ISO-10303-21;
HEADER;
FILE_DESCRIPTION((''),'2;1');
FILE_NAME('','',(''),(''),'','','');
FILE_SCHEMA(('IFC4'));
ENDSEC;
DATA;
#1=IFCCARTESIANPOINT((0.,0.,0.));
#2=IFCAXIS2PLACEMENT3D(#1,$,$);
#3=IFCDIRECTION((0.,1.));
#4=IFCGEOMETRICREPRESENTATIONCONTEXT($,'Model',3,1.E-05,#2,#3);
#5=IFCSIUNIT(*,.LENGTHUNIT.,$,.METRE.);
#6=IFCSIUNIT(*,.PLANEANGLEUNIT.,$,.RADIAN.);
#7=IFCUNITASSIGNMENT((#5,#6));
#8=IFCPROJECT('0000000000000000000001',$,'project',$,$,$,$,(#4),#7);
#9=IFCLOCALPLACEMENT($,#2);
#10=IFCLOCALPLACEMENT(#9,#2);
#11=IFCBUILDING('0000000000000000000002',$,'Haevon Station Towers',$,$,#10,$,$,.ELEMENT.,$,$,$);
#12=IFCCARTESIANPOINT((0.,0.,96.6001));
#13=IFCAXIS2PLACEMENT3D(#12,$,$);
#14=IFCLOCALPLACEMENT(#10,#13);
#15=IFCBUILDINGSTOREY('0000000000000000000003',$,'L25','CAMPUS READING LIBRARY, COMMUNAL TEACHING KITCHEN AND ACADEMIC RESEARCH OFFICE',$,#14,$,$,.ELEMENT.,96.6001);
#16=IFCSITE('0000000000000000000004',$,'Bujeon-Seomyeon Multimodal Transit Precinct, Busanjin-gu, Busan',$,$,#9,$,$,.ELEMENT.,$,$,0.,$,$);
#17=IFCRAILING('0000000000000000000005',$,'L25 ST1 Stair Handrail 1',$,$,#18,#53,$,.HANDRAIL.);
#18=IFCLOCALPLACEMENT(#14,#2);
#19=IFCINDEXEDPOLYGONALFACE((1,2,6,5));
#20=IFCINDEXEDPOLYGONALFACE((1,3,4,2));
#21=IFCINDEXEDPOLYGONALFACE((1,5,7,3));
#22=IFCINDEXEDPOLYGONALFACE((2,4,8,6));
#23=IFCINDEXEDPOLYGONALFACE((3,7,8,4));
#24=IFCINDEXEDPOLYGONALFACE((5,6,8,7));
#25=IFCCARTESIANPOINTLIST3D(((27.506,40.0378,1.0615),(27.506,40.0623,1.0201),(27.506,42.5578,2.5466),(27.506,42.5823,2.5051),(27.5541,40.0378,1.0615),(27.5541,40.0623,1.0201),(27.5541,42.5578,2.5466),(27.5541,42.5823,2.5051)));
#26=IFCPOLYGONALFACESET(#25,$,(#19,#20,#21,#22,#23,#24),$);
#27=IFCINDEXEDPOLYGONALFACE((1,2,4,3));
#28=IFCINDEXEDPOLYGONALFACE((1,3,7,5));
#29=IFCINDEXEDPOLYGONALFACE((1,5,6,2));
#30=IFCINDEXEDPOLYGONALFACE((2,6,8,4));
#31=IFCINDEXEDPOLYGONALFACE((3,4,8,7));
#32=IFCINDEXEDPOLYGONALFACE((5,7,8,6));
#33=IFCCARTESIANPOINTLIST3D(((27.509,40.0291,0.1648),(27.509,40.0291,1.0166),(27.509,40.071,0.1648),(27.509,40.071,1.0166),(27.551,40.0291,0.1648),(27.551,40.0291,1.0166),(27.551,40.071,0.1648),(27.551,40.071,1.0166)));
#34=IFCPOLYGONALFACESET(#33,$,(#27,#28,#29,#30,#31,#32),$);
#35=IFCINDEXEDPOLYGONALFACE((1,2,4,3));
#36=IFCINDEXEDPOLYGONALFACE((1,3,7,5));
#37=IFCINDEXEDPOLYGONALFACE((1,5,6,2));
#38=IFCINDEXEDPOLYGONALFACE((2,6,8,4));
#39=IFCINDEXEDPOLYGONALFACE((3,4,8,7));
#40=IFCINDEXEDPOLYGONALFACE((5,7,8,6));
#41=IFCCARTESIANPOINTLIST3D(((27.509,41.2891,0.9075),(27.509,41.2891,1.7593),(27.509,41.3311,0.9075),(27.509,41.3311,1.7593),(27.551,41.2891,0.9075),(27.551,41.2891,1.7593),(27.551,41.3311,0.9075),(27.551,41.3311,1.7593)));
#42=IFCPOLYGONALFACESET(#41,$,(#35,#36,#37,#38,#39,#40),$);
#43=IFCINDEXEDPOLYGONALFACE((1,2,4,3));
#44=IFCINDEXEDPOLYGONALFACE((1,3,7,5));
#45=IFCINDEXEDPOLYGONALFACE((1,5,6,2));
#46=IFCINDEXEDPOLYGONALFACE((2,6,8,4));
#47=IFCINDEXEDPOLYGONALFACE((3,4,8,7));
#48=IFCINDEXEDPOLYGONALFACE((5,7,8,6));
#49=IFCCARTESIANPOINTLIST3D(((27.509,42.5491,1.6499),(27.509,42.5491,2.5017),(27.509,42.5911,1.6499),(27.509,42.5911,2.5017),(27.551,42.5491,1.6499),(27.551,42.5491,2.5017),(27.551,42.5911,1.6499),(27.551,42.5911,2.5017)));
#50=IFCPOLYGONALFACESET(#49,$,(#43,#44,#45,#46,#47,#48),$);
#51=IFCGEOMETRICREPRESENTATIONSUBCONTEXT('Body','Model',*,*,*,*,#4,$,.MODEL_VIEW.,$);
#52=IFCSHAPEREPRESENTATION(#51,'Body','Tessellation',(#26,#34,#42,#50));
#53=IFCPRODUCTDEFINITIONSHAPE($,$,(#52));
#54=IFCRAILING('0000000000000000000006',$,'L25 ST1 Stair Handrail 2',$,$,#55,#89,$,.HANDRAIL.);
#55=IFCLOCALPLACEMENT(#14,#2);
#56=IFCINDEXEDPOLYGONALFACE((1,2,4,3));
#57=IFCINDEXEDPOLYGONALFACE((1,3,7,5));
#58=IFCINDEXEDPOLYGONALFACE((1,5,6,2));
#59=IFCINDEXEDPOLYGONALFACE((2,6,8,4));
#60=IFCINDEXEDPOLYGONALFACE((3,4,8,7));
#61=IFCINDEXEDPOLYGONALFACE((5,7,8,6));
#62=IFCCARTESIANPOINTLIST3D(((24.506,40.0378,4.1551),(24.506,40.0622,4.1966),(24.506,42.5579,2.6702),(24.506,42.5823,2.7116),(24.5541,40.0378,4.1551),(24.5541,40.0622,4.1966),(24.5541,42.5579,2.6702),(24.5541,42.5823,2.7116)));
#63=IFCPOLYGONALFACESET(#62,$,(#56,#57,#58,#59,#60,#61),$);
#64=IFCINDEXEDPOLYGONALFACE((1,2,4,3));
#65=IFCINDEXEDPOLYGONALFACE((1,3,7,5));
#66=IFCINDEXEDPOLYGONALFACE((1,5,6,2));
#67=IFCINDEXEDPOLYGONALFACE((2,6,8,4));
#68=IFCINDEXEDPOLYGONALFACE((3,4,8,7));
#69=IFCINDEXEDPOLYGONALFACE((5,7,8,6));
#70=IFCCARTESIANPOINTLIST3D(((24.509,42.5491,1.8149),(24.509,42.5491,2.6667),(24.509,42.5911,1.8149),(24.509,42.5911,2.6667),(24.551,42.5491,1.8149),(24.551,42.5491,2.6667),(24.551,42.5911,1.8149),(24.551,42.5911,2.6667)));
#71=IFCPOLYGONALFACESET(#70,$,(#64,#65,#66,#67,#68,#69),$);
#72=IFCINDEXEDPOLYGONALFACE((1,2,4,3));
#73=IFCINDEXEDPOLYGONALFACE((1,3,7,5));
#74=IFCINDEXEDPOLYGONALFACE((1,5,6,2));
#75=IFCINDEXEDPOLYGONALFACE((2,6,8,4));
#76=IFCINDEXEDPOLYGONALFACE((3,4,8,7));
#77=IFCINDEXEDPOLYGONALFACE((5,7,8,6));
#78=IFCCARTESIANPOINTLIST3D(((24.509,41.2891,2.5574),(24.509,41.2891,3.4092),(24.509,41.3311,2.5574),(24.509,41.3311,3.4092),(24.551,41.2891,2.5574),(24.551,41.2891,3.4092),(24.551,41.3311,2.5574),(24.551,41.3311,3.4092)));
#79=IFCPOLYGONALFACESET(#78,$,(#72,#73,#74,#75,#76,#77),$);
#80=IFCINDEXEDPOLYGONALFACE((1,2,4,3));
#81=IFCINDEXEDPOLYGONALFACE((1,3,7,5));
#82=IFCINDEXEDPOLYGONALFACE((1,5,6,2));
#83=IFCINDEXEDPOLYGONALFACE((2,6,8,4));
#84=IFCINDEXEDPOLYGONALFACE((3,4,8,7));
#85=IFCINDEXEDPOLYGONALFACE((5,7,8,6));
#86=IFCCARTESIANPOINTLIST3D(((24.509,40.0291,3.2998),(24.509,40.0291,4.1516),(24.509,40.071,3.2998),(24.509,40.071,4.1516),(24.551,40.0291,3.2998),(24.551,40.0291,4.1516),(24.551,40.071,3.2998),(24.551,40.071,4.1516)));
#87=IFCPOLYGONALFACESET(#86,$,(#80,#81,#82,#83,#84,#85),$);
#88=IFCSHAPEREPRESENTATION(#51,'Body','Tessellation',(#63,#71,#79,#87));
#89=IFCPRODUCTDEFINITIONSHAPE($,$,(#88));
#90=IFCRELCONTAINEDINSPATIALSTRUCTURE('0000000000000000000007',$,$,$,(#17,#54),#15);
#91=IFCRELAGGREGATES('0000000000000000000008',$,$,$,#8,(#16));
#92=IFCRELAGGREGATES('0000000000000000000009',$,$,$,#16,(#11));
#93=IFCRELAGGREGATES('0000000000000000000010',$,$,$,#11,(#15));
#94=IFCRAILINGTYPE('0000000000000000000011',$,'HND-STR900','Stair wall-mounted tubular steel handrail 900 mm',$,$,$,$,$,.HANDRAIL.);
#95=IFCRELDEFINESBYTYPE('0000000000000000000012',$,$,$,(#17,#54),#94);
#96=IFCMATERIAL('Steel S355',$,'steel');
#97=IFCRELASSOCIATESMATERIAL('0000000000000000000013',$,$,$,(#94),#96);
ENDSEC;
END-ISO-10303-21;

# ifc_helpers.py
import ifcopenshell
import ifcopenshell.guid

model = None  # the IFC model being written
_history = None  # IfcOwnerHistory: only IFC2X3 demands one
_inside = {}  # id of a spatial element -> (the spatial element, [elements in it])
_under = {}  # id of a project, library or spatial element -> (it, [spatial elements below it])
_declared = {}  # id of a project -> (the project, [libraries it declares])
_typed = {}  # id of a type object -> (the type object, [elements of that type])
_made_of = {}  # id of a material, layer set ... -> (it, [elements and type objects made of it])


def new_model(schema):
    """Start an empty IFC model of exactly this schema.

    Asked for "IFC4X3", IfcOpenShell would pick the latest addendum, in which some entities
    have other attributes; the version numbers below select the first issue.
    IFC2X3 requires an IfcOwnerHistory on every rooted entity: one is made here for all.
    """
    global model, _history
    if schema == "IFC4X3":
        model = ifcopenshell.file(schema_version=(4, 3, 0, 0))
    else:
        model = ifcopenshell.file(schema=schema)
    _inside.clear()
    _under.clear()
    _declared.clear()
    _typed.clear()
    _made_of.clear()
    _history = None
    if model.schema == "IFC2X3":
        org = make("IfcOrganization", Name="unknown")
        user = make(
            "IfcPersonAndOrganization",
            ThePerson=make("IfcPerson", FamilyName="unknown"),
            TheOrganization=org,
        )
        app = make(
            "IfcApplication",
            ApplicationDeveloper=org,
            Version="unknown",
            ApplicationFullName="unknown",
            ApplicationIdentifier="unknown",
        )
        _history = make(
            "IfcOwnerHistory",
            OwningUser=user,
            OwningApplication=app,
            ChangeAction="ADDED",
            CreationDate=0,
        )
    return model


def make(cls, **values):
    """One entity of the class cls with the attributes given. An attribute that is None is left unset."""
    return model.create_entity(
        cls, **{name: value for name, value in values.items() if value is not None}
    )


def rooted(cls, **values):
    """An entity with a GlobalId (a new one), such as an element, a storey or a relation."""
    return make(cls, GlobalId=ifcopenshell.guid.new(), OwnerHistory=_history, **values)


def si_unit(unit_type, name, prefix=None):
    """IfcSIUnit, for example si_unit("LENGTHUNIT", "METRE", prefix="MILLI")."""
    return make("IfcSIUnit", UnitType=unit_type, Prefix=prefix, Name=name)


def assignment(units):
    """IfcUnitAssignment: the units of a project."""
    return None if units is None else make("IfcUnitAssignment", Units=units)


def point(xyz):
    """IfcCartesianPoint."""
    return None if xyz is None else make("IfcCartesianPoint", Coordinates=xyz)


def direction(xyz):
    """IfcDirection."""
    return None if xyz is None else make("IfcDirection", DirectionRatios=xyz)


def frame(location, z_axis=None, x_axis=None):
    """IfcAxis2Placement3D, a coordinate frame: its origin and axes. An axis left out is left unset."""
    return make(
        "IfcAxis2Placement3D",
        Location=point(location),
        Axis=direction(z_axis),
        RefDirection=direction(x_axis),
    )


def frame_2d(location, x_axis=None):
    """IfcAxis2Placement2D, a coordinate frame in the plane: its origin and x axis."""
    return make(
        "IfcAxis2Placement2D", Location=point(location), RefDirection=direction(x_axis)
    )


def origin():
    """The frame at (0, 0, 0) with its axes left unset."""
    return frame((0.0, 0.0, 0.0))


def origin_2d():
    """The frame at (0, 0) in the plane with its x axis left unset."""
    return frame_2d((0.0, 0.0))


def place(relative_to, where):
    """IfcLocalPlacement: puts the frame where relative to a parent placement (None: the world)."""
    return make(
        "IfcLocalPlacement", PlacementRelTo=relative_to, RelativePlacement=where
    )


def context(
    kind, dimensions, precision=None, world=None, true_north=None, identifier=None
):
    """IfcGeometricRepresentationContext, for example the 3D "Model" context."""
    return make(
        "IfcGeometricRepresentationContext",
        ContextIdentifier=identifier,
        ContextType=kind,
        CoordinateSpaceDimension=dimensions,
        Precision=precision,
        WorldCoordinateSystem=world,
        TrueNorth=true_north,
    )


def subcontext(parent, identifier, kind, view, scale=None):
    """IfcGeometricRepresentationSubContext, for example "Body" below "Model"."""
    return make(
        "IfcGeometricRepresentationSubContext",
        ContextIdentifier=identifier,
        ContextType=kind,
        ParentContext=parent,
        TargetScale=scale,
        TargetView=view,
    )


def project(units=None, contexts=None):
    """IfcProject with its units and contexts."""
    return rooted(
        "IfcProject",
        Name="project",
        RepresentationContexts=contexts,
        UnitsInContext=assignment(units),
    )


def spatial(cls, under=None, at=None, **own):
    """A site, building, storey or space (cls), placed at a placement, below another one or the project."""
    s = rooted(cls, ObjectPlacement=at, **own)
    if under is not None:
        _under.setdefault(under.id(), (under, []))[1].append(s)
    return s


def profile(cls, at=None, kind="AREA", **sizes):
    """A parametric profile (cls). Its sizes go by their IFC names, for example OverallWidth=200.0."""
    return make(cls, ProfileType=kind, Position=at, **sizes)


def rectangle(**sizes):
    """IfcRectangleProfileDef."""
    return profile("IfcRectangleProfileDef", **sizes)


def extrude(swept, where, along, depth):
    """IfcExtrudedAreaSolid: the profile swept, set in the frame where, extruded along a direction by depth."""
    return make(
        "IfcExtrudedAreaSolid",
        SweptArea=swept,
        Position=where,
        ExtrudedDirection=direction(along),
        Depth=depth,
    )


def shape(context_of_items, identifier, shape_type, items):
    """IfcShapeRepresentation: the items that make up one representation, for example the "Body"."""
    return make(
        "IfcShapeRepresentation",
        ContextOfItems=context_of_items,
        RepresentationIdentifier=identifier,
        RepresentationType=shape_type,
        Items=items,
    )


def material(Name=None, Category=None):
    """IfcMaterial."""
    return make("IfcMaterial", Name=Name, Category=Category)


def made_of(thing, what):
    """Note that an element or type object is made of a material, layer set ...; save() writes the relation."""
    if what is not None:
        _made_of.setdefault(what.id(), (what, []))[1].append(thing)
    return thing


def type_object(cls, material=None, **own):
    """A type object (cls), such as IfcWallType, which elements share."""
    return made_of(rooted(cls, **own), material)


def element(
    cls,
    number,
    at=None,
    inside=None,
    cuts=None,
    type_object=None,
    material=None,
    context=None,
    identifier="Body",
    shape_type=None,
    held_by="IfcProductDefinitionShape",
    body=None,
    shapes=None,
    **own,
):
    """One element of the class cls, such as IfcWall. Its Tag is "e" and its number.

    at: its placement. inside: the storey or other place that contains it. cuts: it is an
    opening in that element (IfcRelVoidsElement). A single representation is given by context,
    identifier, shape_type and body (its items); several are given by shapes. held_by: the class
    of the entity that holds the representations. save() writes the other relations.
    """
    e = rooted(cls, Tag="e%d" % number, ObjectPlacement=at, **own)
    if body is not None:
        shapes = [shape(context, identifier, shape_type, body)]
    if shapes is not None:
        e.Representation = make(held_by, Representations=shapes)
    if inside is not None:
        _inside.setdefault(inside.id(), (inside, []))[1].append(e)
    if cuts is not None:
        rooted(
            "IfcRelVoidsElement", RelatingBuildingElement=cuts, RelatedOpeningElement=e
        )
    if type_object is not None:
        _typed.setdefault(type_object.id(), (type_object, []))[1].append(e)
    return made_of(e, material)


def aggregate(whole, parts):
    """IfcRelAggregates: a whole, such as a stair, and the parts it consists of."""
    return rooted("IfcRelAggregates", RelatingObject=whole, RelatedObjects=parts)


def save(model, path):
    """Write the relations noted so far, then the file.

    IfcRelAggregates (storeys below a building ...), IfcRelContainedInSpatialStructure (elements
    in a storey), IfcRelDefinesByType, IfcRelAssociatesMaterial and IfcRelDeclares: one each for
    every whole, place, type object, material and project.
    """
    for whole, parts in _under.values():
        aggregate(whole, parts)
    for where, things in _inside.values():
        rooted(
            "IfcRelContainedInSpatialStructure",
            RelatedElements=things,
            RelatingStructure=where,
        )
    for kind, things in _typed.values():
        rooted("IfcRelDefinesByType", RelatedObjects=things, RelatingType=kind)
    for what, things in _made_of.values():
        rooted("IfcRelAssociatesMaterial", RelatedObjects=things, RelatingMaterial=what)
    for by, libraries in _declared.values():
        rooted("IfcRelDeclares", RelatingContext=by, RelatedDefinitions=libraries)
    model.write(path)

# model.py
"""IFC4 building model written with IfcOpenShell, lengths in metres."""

from ifc_helpers import new_model, si_unit, direction, frame, origin, origin_2d, place, context, subcontext, project, spatial, rectangle, extrude, material, type_object, element, save


model = new_model("IFC4")

# Units and contexts
model_context = context("Model", 3, precision=1e-05, world=origin(), true_north=direction((0.0, 1.0)))
body_context = subcontext(model_context, "Body", "Model", "MODEL_VIEW")
ifc_project = project(units=[si_unit("LENGTHUNIT", "METRE"), si_unit("PLANEANGLEUNIT", "RADIAN")], contexts=[model_context])

# Site, building, storey
site_placement = place(None, origin())
site = spatial("IfcSite", under=ifc_project, at=site_placement, Name="Bujeon-Seomyeon Multimodal Transit Precinct, Busanjin-gu, Busan", CompositionType="ELEMENT", RefElevation=0.0)
building_placement = place(site_placement, origin())
building = spatial("IfcBuilding", under=site, at=building_placement, Name="Haevon Station Towers", CompositionType="ELEMENT")
storey_placement = place(building_placement, frame((0.0, 0.0, 96.6001)))
storey = spatial("IfcBuildingStorey", under=building, at=storey_placement, Name="L25", Description="CAMPUS READING LIBRARY, COMMUNAL TEACHING KITCHEN AND ACADEMIC RESEARCH OFFICE", CompositionType="ELEMENT", Elevation=96.6001)

# Shared definitions
ifc_material_1 = material(Name="Steel S355", Category="steel")

# Railings
railing_type_1 = type_object("IfcRailingType", Name="HND-STR900", Description="Stair wall-mounted tubular steel handrail 900 mm", PredefinedType="HANDRAIL", material=ifc_material_1)
railing_1_placement = place(storey_placement, frame((27.53, 40.05, 0.1648)))
element("IfcRailing", 1, at=railing_1_placement, inside=storey, type_object=railing_type_1, Name="L25 ST1 Stair Handrail 1", PredefinedType="HANDRAIL", context=body_context, shape_type="SweptSolid", body=[
    extrude(rectangle(XDim=0.0481, YDim=0.0481, at=origin_2d()), frame((0.0, 0.0, 0.876), z_axis=(0.0, 0.861524, 0.507717), x_axis=(-1.0, 0.0, 0.0)), (0.0, 0.0, 1.0), 2.925),
    extrude(rectangle(XDim=0.042, YDim=0.042, at=origin_2d()), origin(), (0.0, 0.0, 1.0), 0.8518),
    extrude(rectangle(XDim=0.042, YDim=0.042, at=origin_2d()), frame((0.0, 1.26, 0.7427)), (0.0, 0.0, 1.0), 0.8518),
    extrude(rectangle(XDim=0.042, YDim=0.042, at=origin_2d()), frame((0.0, 2.52, 1.4851)), (0.0, 0.0, 1.0), 0.8518),
])
railing_2_placement = place(storey_placement, frame((24.53, 42.5701, 1.8149)))
element("IfcRailing", 2, at=railing_2_placement, inside=storey, type_object=railing_type_1, Name="L25 ST1 Stair Handrail 2", PredefinedType="HANDRAIL", context=body_context, shape_type="SweptSolid", body=[
    extrude(rectangle(XDim=0.0481, YDim=0.0481, at=origin_2d()), frame((0.0, 0.0, 0.876), z_axis=(0.0, -0.861561, 0.507655), x_axis=(1.0, 0.0, 0.0)), (0.0, 0.0, 1.0), 2.925),
    extrude(rectangle(XDim=0.042, YDim=0.042, at=origin_2d()), origin(), (0.0, 0.0, 1.0), 0.8518),
    extrude(rectangle(XDim=0.042, YDim=0.042, at=origin_2d()), frame((0.0, -1.26, 0.7424)), (0.0, 0.0, 1.0), 0.8518),
    extrude(rectangle(XDim=0.042, YDim=0.042, at=origin_2d()), frame((0.0, -2.52, 1.4849)), (0.0, 0.0, 1.0), 0.8518),
])

save(model, "model.ifc")
